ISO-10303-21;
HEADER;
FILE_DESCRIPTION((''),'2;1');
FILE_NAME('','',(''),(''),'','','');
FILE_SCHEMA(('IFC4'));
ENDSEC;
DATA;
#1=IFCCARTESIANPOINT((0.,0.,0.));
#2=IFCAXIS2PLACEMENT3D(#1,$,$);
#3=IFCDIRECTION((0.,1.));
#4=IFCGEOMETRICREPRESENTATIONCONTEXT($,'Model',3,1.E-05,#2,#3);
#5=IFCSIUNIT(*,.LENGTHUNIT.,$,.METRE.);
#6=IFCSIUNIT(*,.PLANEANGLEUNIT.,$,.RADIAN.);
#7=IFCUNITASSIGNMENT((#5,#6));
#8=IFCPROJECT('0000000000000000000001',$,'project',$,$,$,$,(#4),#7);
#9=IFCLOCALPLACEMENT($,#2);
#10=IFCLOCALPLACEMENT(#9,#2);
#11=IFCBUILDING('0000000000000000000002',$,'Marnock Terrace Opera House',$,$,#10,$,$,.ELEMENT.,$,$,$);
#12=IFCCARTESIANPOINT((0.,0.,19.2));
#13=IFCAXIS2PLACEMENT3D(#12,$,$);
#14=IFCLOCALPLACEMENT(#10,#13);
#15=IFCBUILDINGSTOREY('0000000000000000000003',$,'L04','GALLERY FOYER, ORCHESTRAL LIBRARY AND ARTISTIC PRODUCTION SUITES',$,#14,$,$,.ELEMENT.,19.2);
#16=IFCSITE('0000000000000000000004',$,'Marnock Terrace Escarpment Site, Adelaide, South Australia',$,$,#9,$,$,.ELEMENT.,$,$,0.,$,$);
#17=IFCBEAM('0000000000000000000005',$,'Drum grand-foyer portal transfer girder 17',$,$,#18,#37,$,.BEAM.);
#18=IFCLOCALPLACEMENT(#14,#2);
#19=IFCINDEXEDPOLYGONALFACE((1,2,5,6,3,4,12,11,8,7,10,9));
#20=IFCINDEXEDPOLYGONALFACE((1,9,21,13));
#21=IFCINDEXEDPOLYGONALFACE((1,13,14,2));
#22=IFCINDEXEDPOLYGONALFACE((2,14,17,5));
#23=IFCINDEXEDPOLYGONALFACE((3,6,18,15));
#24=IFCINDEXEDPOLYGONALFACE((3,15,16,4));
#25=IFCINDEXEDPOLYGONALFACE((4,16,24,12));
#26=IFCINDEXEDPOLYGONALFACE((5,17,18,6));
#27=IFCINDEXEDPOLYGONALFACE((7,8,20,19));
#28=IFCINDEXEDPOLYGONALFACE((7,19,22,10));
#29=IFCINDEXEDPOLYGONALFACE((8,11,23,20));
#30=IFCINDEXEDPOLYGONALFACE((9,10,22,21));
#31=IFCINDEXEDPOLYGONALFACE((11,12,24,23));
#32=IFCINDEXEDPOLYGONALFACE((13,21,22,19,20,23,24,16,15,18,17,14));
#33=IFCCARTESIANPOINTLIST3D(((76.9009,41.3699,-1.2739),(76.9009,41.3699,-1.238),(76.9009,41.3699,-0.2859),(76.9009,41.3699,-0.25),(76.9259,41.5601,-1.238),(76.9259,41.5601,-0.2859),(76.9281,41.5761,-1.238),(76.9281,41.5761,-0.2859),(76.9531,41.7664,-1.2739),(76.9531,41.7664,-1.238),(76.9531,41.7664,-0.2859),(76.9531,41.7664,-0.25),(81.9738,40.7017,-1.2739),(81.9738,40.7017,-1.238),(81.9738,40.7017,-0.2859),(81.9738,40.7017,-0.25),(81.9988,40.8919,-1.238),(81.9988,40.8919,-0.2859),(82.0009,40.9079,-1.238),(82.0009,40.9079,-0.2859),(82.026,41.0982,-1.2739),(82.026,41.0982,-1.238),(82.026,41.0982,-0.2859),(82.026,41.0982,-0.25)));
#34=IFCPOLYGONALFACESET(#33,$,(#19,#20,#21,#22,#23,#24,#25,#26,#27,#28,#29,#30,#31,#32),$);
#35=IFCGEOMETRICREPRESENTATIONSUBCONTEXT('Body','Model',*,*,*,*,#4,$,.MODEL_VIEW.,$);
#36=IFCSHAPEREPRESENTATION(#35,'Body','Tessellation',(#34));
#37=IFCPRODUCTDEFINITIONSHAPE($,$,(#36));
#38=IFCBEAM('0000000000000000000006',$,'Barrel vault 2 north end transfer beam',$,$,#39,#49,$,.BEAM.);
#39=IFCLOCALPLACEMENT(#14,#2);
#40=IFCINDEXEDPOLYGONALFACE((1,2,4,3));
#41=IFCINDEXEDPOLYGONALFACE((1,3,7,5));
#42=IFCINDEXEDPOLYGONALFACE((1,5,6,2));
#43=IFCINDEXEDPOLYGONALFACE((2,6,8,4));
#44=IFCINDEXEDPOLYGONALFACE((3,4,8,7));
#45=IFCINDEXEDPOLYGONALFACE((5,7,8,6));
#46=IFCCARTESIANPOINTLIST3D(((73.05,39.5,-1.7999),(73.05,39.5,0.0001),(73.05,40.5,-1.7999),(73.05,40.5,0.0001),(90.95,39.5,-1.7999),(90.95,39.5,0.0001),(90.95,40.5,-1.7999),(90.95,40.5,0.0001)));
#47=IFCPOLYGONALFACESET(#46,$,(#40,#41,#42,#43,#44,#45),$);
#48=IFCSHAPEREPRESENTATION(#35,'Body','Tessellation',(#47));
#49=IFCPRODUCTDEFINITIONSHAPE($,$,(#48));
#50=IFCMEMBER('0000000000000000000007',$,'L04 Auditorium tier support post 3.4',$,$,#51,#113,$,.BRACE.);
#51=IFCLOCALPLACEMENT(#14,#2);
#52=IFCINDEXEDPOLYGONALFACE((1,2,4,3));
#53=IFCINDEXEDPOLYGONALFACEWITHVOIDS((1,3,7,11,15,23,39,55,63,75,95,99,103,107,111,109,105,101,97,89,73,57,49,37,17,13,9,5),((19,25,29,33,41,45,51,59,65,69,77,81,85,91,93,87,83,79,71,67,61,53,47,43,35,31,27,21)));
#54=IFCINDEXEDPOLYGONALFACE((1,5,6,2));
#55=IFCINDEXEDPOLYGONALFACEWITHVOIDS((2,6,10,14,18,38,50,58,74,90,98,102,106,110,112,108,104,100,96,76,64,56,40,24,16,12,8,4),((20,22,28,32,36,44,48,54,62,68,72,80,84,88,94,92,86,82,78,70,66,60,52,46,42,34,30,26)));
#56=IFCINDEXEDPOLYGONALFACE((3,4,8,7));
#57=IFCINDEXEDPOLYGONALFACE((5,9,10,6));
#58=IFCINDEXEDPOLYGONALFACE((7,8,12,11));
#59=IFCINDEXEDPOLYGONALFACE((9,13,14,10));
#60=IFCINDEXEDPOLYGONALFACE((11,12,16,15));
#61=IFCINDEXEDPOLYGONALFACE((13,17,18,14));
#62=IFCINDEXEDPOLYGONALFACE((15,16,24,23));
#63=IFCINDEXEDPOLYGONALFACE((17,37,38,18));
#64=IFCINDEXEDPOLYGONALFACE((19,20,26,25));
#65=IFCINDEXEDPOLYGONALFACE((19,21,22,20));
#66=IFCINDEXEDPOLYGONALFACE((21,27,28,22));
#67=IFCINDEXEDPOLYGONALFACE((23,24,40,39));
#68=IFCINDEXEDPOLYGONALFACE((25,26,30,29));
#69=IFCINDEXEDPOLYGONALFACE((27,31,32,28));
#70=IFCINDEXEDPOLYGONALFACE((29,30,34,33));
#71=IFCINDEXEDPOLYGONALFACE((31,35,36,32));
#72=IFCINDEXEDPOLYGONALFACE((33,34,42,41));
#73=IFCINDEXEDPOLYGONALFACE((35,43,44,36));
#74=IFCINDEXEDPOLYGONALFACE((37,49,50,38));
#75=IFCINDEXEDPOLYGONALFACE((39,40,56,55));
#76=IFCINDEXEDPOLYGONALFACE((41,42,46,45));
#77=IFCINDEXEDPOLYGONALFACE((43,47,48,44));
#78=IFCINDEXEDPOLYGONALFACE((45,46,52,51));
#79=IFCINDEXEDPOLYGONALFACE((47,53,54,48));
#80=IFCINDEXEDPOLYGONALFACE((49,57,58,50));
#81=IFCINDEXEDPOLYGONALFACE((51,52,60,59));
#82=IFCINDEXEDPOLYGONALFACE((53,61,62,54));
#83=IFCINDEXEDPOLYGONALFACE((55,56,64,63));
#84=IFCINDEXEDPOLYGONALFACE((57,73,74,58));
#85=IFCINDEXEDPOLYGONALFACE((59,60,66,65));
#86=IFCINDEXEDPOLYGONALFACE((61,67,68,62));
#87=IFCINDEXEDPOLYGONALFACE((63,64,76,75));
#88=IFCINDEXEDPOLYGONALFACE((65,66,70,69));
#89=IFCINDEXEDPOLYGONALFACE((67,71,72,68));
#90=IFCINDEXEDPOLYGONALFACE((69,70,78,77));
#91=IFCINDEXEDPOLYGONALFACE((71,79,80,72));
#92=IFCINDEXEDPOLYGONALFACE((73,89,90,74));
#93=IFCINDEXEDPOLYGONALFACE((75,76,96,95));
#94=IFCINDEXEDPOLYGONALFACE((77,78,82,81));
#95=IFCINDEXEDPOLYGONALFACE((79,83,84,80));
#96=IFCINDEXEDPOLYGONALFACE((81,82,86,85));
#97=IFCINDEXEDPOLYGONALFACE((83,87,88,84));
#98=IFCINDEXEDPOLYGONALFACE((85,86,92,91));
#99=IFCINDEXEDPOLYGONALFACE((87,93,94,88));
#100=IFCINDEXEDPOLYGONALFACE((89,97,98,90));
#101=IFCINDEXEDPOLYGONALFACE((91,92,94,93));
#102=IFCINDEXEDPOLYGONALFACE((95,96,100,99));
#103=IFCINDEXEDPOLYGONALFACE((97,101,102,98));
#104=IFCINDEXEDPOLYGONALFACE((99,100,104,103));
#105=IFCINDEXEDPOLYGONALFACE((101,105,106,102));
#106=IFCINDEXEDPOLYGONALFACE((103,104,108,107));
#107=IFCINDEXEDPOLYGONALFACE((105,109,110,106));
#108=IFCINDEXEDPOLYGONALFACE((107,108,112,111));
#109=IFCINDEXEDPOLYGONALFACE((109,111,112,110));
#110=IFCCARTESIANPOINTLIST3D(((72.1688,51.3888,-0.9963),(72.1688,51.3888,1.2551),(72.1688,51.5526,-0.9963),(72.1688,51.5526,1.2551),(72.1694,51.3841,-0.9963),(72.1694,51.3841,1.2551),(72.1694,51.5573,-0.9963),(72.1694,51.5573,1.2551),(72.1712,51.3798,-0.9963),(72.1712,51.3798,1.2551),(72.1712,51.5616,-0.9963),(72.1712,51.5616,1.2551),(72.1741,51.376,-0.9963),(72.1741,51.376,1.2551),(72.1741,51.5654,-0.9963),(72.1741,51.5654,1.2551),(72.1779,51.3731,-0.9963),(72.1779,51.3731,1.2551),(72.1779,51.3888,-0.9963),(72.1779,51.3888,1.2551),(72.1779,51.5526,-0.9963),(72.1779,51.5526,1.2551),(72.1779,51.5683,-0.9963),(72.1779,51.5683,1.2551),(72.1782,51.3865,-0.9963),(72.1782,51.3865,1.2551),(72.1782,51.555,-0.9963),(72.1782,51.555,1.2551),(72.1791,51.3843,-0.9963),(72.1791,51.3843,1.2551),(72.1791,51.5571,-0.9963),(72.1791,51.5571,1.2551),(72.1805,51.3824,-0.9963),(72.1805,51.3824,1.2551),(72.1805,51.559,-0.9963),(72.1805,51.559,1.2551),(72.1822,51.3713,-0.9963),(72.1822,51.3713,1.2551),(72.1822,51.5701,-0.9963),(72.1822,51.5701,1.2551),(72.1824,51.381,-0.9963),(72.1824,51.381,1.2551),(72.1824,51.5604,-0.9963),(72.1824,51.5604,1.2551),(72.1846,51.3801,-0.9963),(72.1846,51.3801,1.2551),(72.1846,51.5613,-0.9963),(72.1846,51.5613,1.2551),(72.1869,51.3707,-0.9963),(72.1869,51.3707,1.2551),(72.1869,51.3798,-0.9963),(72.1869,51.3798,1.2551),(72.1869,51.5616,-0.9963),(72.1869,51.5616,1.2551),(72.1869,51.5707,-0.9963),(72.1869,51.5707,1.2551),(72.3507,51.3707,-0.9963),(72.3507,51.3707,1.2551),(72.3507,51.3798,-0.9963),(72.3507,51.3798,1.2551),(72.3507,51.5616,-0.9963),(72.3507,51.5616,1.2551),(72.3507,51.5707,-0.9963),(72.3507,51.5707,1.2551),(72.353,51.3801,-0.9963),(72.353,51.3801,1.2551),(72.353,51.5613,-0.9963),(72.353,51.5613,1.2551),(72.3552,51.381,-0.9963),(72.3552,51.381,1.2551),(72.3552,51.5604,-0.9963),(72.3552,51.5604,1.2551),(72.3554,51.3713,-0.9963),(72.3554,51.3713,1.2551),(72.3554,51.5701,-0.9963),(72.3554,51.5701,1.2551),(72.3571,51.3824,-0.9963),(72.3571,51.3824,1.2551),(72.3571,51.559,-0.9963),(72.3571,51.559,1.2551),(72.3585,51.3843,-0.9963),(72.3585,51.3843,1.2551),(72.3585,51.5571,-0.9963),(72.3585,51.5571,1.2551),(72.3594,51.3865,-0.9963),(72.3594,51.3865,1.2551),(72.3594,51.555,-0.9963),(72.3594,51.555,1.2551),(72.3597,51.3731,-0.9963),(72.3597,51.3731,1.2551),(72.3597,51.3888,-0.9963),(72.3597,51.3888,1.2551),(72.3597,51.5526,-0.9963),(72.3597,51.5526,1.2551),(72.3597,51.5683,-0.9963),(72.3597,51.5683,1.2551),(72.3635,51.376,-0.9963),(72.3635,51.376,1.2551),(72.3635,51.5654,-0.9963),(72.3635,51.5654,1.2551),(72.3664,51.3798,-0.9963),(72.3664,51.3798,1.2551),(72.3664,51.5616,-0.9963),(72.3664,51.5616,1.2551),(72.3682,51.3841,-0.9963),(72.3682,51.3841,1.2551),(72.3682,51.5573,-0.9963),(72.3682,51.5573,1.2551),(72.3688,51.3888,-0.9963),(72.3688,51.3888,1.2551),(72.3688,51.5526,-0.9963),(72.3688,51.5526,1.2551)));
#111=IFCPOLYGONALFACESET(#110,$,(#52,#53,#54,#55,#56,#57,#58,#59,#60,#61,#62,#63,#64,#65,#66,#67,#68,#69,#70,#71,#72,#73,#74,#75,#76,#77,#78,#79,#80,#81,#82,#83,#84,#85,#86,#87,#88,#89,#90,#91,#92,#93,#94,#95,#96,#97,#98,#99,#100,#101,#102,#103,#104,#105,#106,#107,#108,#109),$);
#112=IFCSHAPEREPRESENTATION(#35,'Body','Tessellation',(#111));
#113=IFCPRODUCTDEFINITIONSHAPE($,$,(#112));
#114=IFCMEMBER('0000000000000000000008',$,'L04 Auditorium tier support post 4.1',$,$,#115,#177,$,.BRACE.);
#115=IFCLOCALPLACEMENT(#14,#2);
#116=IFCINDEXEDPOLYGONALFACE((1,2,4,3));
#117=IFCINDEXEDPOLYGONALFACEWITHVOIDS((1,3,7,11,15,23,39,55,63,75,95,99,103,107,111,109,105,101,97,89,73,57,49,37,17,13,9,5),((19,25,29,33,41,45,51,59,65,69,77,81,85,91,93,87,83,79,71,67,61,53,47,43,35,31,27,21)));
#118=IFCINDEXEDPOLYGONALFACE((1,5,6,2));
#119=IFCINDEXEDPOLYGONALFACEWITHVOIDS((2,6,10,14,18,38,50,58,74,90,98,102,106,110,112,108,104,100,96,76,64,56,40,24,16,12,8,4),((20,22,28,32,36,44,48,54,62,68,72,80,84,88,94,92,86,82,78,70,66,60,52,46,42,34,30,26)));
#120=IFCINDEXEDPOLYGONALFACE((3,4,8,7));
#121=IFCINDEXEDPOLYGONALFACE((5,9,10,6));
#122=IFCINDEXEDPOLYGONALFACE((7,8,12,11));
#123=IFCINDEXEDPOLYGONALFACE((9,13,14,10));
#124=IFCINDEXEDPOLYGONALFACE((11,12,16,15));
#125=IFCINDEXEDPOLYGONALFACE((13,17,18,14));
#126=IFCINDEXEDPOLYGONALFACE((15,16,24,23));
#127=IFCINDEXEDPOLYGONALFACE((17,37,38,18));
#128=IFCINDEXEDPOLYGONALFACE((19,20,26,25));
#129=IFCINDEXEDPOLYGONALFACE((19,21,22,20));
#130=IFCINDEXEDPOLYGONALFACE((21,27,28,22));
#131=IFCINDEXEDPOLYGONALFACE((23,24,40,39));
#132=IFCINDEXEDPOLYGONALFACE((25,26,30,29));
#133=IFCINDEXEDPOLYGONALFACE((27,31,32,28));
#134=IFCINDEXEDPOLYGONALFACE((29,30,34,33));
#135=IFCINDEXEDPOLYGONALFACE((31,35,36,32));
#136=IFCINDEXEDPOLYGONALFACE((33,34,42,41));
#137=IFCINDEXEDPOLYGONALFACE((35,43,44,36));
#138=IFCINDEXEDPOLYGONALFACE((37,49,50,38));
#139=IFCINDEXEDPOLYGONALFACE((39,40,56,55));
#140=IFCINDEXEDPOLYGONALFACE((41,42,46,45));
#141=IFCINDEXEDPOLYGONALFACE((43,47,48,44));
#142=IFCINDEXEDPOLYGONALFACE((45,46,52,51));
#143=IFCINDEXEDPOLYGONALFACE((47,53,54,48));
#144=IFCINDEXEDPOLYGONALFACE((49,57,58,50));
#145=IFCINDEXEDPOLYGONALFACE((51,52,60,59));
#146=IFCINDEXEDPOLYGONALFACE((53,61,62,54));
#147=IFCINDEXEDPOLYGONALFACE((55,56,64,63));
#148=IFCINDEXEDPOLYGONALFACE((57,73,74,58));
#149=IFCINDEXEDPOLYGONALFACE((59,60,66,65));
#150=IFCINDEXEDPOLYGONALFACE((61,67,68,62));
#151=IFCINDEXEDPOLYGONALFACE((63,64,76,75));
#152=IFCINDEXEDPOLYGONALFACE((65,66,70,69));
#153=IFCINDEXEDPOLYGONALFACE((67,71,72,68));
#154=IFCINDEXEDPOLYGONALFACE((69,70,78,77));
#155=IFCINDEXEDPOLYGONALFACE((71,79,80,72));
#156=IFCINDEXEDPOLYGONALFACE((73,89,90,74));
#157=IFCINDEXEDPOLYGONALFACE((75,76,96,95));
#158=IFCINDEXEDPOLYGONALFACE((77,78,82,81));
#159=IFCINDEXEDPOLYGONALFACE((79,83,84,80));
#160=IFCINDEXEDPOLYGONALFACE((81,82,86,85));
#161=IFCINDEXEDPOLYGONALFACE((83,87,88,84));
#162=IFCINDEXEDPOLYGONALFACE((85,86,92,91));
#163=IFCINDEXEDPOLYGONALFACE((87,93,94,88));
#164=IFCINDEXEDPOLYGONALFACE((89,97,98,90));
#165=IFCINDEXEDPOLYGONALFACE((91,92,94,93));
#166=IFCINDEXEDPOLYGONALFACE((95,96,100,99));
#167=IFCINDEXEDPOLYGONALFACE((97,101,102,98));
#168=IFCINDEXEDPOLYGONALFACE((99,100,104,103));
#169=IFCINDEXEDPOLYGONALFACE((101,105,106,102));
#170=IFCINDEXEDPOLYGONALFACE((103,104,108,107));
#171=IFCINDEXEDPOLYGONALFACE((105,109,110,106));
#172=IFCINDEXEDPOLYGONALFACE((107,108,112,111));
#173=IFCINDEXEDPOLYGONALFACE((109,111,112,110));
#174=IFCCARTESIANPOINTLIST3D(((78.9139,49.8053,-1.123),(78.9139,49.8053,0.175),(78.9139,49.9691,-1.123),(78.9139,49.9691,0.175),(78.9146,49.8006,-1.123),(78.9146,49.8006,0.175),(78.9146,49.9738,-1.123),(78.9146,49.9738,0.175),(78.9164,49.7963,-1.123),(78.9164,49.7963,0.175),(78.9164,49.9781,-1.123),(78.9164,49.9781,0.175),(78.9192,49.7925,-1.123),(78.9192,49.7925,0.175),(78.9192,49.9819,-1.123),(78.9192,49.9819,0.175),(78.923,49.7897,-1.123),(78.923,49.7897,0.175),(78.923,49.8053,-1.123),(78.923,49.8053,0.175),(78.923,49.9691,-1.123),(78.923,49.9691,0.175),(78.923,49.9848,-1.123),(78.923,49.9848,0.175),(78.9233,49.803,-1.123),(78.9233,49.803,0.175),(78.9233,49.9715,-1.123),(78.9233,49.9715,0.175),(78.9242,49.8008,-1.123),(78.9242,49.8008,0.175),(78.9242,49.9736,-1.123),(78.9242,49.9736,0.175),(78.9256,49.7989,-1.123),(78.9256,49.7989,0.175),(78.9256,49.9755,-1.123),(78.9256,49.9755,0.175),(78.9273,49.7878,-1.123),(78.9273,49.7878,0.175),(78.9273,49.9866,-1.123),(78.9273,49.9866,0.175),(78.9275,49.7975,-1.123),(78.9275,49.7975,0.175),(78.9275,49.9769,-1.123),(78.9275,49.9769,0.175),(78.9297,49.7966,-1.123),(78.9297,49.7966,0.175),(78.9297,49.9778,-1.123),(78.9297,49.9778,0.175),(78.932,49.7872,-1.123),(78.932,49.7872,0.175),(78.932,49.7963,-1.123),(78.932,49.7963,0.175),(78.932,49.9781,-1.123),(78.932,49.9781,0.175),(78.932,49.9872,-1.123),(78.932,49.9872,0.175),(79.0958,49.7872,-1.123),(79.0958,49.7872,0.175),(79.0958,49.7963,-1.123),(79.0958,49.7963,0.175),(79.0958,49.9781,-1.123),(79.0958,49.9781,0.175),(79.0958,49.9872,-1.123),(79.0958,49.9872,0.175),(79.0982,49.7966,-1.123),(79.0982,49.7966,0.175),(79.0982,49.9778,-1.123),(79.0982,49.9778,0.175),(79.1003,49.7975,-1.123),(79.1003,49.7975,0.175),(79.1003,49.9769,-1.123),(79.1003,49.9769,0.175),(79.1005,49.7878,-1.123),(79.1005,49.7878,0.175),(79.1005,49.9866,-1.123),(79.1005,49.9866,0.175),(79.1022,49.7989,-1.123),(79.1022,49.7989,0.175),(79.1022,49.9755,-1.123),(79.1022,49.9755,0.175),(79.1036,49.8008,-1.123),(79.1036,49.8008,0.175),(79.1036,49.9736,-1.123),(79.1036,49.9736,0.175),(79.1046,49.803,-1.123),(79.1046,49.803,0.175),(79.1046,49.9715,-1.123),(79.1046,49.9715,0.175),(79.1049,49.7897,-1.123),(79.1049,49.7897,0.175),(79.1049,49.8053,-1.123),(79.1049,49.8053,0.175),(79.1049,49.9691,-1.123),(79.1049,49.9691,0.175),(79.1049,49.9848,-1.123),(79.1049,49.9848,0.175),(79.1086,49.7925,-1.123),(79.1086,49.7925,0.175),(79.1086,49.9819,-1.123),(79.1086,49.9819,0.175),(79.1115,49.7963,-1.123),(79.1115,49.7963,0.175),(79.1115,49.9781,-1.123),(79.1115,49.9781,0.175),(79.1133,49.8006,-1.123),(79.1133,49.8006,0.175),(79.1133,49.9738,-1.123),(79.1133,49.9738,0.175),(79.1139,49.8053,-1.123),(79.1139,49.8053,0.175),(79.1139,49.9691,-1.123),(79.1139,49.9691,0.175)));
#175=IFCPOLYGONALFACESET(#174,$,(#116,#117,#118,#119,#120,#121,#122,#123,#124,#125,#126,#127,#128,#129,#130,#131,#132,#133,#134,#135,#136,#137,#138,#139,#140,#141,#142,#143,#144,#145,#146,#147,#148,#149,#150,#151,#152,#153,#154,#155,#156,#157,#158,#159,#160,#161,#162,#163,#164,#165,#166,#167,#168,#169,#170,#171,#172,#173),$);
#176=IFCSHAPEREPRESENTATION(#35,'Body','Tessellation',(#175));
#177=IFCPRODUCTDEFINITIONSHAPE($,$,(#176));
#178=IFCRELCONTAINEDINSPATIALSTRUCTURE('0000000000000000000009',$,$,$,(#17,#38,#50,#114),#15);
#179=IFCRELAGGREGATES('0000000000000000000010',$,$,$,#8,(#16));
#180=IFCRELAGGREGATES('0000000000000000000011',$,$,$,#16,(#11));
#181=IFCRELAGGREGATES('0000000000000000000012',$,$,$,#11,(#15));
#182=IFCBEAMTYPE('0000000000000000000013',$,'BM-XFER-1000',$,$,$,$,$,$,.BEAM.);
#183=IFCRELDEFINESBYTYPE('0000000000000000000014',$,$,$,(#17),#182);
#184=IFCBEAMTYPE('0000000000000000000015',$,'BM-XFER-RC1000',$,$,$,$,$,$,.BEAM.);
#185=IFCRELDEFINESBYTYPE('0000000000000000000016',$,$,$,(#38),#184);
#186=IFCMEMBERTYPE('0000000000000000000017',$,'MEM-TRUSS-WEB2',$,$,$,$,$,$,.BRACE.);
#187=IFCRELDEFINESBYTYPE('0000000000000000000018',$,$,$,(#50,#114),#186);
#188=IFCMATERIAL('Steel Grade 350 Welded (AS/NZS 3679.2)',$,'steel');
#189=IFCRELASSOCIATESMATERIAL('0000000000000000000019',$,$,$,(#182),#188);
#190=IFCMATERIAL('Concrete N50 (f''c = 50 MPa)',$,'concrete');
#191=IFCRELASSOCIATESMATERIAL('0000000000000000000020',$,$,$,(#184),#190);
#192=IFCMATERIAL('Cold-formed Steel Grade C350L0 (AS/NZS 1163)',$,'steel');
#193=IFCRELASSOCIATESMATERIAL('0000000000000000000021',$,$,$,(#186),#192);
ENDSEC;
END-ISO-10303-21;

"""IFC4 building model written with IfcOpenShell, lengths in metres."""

from ifc_helpers import new_model, si_unit, direction, frame, origin, origin_2d, place, context, subcontext, project, spatial, rectangle, hollow_rectangle, i_section, extrude, material, material_profile, profile_set, type_object, element, save


model = new_model("IFC4")

# Units and contexts
model_context = context("Model", 3, precision=1e-05, world=origin(), true_north=direction((0.0, 1.0)))
body_context = subcontext(model_context, "Body", "Model", "MODEL_VIEW")
ifc_project = project(units=[si_unit("LENGTHUNIT", "METRE"), si_unit("PLANEANGLEUNIT", "RADIAN")], contexts=[model_context])

# Site, building, storey
site_placement = place(None, origin())
site = spatial("IfcSite", under=ifc_project, at=site_placement, Name="Marnock Terrace Escarpment Site, Adelaide, South Australia", CompositionType="ELEMENT", RefElevation=0.0)
building_placement = place(site_placement, origin())
building = spatial("IfcBuilding", under=site, at=building_placement, Name="Marnock Terrace Opera House", CompositionType="ELEMENT")
storey_placement = place(building_placement, frame((0.0, 0.0, 19.2)))
storey = spatial("IfcBuildingStorey", under=building, at=storey_placement, Name="L04", Description="GALLERY FOYER, ORCHESTRAL LIBRARY AND ARTISTIC PRODUCTION SUITES", CompositionType="ELEMENT", Elevation=19.2)

# Shared definitions
ifc_material_1 = material(Name="Concrete N50 (f'c = 50 MPa)", Category="concrete")

# Beams
ifc_material_2 = material(Name="Steel Grade 350 Welded (AS/NZS 3679.2)", Category="steel")
ifc_material_profile_1 = material_profile(ifc_material_2, i_section(OverallWidth=0.3999, OverallDepth=1.0239, WebThickness=0.0161, FlangeThickness=0.0359, at=origin_2d()))
ifc_profile_set_1 = profile_set([ifc_material_profile_1], Name="Steel Grade 350 Welded (AS/NZS 3679.2)")
beam_type_1 = type_object("IfcBeamType", Name="BM-XFER-1000", PredefinedType="BEAM", material=ifc_profile_set_1)
beam_1_placement = place(storey_placement, frame((76.927, 41.5681, -0.762), z_axis=(0.991436, -0.130592, 0.0), x_axis=(0.130592, 0.991436, 0.0)))
element("IfcBeam", 1, at=beam_1_placement, inside=storey, type_object=beam_type_1, Name="Drum grand-foyer portal transfer girder 17", PredefinedType="BEAM", context=body_context, shape_type="SweptSolid", body=[
    extrude(i_section(OverallWidth=0.3999, OverallDepth=1.0239, WebThickness=0.0161, FlangeThickness=0.0359, at=origin_2d()), origin(), (0.0, 0.0, 1.0), 5.1167),
])
ifc_material_profile_2 = material_profile(ifc_material_1, rectangle(XDim=1.0, YDim=1.8, at=origin_2d()))
ifc_profile_set_2 = profile_set([ifc_material_profile_2], Name="Concrete N50 (f'c = 50 MPa)")
beam_type_2 = type_object("IfcBeamType", Name="BM-XFER-RC1000", PredefinedType="BEAM", material=ifc_profile_set_2)
beam_2_placement = place(storey_placement, frame((73.05, 40.0, -0.8999), z_axis=(1.0, 0.0, 0.0), x_axis=(0.0, 1.0, 0.0)))
element("IfcBeam", 2, at=beam_2_placement, inside=storey, type_object=beam_type_2, Name="Barrel vault 2 north end transfer beam", PredefinedType="BEAM", context=body_context, shape_type="SweptSolid", body=[
    extrude(rectangle(XDim=1.0, YDim=1.8, at=origin_2d()), origin(), (0.0, 0.0, 1.0), 17.8999),
])

# Members
ifc_material_3 = material(Name="Cold-formed Steel Grade C350L0 (AS/NZS 1163)", Category="steel")
ifc_material_profile_3 = material_profile(ifc_material_3, hollow_rectangle(XDim=0.2, YDim=0.2, WallThickness=0.009, InnerFilletRadius=0.009, OuterFilletRadius=0.0181, at=origin_2d()))
ifc_profile_set_3 = profile_set([ifc_material_profile_3], Name="Cold-formed Steel Grade C350L0 (AS/NZS 1163)")
member_type = type_object("IfcMemberType", Name="MEM-TRUSS-WEB2", PredefinedType="BRACE", material=ifc_profile_set_3)
member_1_placement = place(storey_placement, frame((72.2688, 51.4707, -0.9963), z_axis=(0.0, 0.0, 1.0), x_axis=(1.0, 0.0, 0.0)))
element("IfcMember", 3, at=member_1_placement, inside=storey, type_object=member_type, Name="L04 Auditorium tier support post 3.4", PredefinedType="BRACE", context=body_context, shape_type="SweptSolid", body=[
    extrude(hollow_rectangle(XDim=0.2, YDim=0.2, WallThickness=0.009, InnerFilletRadius=0.009, OuterFilletRadius=0.0181, at=origin_2d()), origin(), (0.0, 0.0, 1.0), 2.2515),
])
member_2_placement = place(storey_placement, frame((79.0139, 49.8872, -1.123), z_axis=(0.0, 0.0, 1.0), x_axis=(1.0, 0.0, 0.0)))
element("IfcMember", 4, at=member_2_placement, inside=storey, type_object=member_type, Name="L04 Auditorium tier support post 4.1", PredefinedType="BRACE", context=body_context, shape_type="SweptSolid", body=[
    extrude(hollow_rectangle(XDim=0.2, YDim=0.2, WallThickness=0.009, InnerFilletRadius=0.009, OuterFilletRadius=0.0181, at=origin_2d()), origin(), (0.0, 0.0, 1.0), 1.2981),
])

save(model, "model.ifc")
